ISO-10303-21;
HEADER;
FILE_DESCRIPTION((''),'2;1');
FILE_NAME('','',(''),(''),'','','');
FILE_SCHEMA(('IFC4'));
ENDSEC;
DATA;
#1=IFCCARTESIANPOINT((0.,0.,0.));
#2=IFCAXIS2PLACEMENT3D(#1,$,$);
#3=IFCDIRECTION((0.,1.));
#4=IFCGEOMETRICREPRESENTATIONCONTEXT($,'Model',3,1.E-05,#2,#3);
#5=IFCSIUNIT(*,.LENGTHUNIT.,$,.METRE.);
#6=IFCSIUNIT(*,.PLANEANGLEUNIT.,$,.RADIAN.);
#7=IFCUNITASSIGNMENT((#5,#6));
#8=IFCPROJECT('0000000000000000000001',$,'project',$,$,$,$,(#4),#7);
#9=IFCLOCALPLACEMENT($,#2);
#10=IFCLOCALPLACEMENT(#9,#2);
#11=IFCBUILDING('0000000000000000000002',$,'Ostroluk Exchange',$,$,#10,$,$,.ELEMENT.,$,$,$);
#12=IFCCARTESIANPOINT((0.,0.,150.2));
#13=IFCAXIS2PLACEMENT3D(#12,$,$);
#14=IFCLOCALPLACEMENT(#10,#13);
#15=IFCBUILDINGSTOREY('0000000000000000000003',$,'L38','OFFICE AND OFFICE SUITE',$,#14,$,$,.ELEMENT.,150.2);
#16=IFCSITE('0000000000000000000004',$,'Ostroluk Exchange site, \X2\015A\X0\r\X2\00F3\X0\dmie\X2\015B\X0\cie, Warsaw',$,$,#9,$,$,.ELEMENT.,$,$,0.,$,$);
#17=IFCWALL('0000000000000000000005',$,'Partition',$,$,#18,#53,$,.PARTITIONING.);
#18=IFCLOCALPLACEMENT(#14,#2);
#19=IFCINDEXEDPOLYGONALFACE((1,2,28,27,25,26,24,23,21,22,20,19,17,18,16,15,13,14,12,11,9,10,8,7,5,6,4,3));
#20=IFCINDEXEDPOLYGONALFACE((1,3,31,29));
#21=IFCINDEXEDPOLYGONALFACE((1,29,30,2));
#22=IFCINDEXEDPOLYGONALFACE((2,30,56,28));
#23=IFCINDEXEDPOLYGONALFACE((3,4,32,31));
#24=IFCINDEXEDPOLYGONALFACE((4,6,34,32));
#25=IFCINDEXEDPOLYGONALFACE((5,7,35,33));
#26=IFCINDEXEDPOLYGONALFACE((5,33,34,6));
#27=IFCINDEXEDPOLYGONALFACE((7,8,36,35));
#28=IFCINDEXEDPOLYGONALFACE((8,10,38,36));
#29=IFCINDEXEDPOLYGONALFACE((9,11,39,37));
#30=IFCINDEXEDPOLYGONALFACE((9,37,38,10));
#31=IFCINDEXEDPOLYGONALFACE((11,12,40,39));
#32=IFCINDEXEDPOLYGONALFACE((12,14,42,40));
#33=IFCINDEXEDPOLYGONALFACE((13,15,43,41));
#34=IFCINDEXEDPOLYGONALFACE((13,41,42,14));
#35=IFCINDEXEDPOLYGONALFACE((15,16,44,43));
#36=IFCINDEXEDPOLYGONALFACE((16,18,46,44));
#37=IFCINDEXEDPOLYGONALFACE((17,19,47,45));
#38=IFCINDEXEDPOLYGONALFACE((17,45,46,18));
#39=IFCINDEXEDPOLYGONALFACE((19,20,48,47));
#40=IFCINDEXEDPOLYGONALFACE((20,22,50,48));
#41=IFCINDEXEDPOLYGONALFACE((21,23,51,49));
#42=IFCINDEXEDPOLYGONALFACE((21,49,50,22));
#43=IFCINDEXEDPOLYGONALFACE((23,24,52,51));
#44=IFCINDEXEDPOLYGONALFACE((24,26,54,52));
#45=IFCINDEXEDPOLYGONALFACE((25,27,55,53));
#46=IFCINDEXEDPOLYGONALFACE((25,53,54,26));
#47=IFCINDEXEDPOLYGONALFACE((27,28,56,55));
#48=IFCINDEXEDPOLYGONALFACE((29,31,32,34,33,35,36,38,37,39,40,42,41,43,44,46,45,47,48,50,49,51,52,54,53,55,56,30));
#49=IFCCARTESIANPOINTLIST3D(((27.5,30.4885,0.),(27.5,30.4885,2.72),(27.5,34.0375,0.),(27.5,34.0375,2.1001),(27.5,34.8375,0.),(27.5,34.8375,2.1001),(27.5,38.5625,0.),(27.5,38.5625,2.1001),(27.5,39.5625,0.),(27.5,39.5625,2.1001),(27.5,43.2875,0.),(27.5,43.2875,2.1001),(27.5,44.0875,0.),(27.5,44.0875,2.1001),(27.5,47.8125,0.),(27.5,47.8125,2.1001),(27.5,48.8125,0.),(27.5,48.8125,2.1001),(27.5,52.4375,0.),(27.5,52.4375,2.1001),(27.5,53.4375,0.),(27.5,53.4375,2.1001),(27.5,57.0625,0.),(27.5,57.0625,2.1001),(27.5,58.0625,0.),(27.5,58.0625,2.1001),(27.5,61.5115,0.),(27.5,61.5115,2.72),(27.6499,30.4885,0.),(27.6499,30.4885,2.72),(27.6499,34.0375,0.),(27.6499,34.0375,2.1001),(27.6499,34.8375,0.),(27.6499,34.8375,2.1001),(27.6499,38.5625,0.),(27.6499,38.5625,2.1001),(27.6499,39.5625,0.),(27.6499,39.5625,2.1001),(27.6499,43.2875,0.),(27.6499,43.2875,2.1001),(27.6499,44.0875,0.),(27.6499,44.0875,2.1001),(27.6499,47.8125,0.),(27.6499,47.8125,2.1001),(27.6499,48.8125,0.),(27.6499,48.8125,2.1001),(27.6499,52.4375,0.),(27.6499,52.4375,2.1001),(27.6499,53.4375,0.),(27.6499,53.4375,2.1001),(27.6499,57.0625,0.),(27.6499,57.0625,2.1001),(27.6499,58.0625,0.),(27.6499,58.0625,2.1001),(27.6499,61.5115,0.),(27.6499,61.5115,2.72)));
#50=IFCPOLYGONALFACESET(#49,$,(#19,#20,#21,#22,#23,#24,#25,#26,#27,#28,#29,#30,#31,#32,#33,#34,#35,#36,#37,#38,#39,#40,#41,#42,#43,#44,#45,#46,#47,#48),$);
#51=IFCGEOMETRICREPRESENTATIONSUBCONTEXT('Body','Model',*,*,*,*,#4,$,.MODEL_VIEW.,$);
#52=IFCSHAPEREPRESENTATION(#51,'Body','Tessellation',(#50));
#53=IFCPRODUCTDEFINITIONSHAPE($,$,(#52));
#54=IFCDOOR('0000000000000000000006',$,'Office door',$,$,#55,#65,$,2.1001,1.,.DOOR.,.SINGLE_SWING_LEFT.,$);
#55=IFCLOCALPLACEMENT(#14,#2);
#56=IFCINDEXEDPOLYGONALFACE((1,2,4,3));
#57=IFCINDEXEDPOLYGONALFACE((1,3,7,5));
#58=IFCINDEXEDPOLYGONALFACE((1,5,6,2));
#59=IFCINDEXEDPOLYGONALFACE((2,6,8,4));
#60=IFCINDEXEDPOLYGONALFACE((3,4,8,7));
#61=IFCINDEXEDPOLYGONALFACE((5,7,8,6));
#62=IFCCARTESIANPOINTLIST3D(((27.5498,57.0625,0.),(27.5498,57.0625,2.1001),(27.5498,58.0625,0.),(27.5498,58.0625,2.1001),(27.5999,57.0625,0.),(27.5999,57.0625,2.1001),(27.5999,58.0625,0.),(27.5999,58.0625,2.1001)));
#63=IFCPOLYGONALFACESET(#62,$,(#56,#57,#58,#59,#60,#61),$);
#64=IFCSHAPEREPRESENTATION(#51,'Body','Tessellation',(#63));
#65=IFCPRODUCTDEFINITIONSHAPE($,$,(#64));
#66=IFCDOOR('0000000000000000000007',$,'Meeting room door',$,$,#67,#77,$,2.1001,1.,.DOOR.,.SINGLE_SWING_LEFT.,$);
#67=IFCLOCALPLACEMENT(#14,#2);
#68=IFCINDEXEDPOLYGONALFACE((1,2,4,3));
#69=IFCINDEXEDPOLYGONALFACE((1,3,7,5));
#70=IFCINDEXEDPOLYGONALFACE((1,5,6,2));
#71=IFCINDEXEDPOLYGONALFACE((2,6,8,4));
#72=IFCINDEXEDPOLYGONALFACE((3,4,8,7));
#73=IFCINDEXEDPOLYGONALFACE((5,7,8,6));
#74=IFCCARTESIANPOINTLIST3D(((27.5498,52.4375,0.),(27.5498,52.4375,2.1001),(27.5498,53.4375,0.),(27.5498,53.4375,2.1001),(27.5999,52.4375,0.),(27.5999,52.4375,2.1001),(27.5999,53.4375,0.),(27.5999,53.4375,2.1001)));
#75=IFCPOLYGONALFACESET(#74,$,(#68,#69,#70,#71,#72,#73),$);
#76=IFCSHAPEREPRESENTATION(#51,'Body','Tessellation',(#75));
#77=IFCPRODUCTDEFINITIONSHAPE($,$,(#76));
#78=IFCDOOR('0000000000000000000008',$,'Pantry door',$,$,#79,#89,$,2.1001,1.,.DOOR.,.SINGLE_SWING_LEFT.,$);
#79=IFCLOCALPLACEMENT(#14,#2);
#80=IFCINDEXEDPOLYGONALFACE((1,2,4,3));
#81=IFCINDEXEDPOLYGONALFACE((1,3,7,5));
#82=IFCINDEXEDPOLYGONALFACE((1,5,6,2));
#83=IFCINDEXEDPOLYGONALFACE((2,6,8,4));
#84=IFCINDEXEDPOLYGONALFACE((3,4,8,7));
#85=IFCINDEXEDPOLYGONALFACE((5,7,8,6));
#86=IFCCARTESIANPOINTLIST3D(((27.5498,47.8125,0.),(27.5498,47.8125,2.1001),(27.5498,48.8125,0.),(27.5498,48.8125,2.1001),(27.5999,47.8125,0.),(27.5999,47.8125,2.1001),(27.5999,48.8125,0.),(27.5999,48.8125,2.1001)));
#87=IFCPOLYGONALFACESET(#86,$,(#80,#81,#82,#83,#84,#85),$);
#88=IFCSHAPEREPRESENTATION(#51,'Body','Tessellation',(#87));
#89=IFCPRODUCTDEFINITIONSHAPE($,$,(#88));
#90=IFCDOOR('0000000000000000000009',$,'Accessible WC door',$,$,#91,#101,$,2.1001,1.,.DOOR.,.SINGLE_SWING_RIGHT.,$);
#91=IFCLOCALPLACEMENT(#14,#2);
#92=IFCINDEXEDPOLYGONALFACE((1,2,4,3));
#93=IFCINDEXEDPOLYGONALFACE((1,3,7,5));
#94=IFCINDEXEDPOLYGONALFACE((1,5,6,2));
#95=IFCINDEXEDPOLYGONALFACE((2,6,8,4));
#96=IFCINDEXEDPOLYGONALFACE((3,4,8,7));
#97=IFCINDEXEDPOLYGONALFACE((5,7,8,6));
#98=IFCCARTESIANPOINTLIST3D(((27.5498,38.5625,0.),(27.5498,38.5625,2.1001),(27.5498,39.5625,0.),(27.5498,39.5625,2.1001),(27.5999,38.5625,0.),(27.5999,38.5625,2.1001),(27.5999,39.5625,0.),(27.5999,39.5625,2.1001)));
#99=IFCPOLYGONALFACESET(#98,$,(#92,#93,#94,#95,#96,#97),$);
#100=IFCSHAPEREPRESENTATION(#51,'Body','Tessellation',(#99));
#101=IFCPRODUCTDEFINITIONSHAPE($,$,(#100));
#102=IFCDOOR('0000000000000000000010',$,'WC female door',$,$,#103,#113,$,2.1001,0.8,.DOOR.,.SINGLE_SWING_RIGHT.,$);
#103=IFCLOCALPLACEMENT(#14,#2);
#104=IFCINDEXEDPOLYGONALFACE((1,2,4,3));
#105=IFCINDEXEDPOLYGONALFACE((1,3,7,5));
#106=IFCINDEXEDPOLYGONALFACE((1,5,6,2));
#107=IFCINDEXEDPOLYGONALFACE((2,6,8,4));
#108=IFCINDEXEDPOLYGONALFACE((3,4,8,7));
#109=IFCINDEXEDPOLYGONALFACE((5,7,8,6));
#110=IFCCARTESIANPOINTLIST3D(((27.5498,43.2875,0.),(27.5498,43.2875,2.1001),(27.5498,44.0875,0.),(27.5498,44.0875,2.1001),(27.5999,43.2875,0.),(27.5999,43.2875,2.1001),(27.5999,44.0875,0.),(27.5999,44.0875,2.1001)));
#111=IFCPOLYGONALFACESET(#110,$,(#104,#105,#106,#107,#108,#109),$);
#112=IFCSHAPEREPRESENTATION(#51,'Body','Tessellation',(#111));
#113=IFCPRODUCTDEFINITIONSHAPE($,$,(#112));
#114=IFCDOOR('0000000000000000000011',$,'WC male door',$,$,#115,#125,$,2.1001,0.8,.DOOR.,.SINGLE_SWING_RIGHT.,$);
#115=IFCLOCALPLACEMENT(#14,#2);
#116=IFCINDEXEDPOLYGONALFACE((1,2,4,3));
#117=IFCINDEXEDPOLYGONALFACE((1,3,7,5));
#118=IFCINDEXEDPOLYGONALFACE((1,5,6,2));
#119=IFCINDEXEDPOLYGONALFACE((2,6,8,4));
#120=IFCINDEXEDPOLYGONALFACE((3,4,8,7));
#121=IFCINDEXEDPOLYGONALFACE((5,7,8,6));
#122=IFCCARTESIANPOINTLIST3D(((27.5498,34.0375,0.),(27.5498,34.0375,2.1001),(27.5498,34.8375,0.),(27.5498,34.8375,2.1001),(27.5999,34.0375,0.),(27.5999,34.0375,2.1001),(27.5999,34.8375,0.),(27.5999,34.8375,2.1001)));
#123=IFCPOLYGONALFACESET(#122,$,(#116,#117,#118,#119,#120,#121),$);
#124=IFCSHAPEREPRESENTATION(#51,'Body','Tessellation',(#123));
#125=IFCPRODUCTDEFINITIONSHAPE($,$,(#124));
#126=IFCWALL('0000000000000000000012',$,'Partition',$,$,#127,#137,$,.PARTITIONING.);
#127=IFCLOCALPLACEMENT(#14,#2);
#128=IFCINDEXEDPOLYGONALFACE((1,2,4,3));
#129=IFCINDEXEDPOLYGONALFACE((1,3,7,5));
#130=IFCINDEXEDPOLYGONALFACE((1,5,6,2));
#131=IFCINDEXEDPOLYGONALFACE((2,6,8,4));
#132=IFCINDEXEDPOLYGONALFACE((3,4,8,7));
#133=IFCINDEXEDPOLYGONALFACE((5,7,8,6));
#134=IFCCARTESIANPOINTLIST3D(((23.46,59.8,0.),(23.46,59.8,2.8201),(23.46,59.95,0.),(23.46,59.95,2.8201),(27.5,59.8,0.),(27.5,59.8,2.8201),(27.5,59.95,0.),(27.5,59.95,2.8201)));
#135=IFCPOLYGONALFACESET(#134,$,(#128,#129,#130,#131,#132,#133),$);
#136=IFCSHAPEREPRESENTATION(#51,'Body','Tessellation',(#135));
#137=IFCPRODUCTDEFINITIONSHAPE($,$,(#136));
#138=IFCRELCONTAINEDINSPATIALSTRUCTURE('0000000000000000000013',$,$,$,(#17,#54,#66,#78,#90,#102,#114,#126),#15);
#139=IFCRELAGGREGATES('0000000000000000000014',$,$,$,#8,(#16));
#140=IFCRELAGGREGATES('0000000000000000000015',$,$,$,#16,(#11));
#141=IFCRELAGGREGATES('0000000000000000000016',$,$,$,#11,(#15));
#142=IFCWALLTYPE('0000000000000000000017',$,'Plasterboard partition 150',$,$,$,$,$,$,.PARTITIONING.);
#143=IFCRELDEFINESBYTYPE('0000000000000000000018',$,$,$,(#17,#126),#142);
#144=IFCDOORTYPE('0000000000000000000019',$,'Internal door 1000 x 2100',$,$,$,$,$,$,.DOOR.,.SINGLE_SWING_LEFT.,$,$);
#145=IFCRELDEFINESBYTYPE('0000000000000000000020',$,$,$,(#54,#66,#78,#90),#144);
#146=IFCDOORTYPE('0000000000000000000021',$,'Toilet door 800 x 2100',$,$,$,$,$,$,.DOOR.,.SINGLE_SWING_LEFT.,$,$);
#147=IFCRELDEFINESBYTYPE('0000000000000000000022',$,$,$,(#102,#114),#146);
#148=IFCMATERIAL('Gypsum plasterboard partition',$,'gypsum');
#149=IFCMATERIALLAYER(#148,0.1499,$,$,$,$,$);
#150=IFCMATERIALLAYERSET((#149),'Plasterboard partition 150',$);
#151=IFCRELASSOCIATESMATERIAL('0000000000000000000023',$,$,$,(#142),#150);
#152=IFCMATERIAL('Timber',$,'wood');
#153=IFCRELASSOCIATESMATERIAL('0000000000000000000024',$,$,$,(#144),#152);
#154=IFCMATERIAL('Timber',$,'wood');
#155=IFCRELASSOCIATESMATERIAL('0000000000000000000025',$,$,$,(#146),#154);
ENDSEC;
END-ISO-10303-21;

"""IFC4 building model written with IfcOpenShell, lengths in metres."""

from ifc_helpers import new_model, si_unit, direction, frame, frame_2d, origin, place, context, subcontext, project, spatial, rectangle, extrude, material, layer, layer_set, type_object, element, fill, save


model = new_model("IFC4")

# Units and contexts
model_context = context("Model", 3, precision=1e-05, world=origin(), true_north=direction((0.0, 1.0)))
body_context = subcontext(model_context, "Body", "Model", "MODEL_VIEW")
ifc_project = project(units=[si_unit("LENGTHUNIT", "METRE"), si_unit("PLANEANGLEUNIT", "RADIAN")], contexts=[model_context])

# Site, building, storey
site_placement = place(None, origin())
site = spatial("IfcSite", under=ifc_project, at=site_placement, Name="Ostroluk Exchange site, Śródmieście, Warsaw", CompositionType="ELEMENT", RefElevation=0.0)
building_placement = place(site_placement, origin())
building = spatial("IfcBuilding", under=site, at=building_placement, Name="Ostroluk Exchange", CompositionType="ELEMENT")
storey_placement = place(building_placement, frame((0.0, 0.0, 150.2)))
storey = spatial("IfcBuildingStorey", under=building, at=storey_placement, Name="L38", Description="OFFICE AND OFFICE SUITE", CompositionType="ELEMENT", Elevation=150.2)

# Shared definitions
ifc_material_1 = material(Name="Gypsum plasterboard partition", Category="gypsum")
ifc_layer_1 = layer(ifc_material_1, 0.1499)
ifc_layer_set_1 = layer_set([ifc_layer_1], Name="Plasterboard partition 150")
wall_type_1 = type_object("IfcWallType", Name="Plasterboard partition 150", PredefinedType="PARTITIONING", material=ifc_layer_set_1)

# Wall, openings, doors
wall_1_placement = place(storey_placement, frame((27.575, 61.5115, 0.0), z_axis=(0.0, 0.0, 1.0), x_axis=(0.0, -1.0, 0.0)))
wall_1 = element("IfcWall", 1, at=wall_1_placement, inside=storey, type_object=wall_type_1, Name="Partition", PredefinedType="PARTITIONING", context=body_context, shape_type="SweptSolid", body=[
    extrude(rectangle(XDim=31.0229, YDim=0.1499, at=frame_2d((15.5115, 0.0))), origin(), (0.0, 0.0, 1.0), 2.72),
])
opening_1_placement = place(wall_1_placement, frame((3.449, 0.0, 0.0)))
opening_1 = element("IfcOpeningElement", 2, at=opening_1_placement, cuts=wall_1, PredefinedType="OPENING", context=body_context, shape_type="SweptSolid", body=[
    extrude(rectangle(XDim=1.0, YDim=2.1001, at=frame_2d((0.5, 1.05))), frame((0.0, 0.085, 0.0), z_axis=(0.0, -1.0, 0.0), x_axis=(1.0, 0.0, 0.0)), (0.0, 0.0, 1.0), 0.1699),
])
opening_2_placement = place(wall_1_placement, frame((8.074, 0.0, 0.0)))
opening_2 = element("IfcOpeningElement", 3, at=opening_2_placement, cuts=wall_1, PredefinedType="OPENING", context=body_context, shape_type="SweptSolid", body=[
    extrude(rectangle(XDim=1.0, YDim=2.1001, at=frame_2d((0.5, 1.05))), frame((0.0, 0.085, 0.0), z_axis=(0.0, -1.0, 0.0), x_axis=(1.0, 0.0, 0.0)), (0.0, 0.0, 1.0), 0.1699),
])
opening_3_placement = place(wall_1_placement, frame((12.699, 0.0, 0.0)))
opening_3 = element("IfcOpeningElement", 4, at=opening_3_placement, cuts=wall_1, PredefinedType="OPENING", context=body_context, shape_type="SweptSolid", body=[
    extrude(rectangle(XDim=1.0, YDim=2.1001, at=frame_2d((0.5, 1.05))), frame((0.0, 0.085, 0.0), z_axis=(0.0, -1.0, 0.0), x_axis=(1.0, 0.0, 0.0)), (0.0, 0.0, 1.0), 0.1699),
])
opening_4_placement = place(wall_1_placement, frame((17.4241, 0.0, 0.0)))
opening_4 = element("IfcOpeningElement", 5, at=opening_4_placement, cuts=wall_1, PredefinedType="OPENING", context=body_context, shape_type="SweptSolid", body=[
    extrude(rectangle(XDim=0.8, YDim=2.1001, at=frame_2d((0.3999, 1.05))), frame((0.0, 0.085, 0.0), z_axis=(0.0, -1.0, 0.0), x_axis=(1.0, 0.0, 0.0)), (0.0, 0.0, 1.0), 0.1699),
])
opening_5_placement = place(wall_1_placement, frame((21.949, 0.0, 0.0)))
opening_5 = element("IfcOpeningElement", 6, at=opening_5_placement, cuts=wall_1, PredefinedType="OPENING", context=body_context, shape_type="SweptSolid", body=[
    extrude(rectangle(XDim=1.0, YDim=2.1001, at=frame_2d((0.5, 1.05))), frame((0.0, 0.085, 0.0), z_axis=(0.0, -1.0, 0.0), x_axis=(1.0, 0.0, 0.0)), (0.0, 0.0, 1.0), 0.1699),
])
opening_6_placement = place(wall_1_placement, frame((26.6741, 0.0, 0.0)))
opening_6 = element("IfcOpeningElement", 7, at=opening_6_placement, cuts=wall_1, PredefinedType="OPENING", context=body_context, shape_type="SweptSolid", body=[
    extrude(rectangle(XDim=0.8, YDim=2.1001, at=frame_2d((0.3999, 1.05))), frame((0.0, 0.085, 0.0), z_axis=(0.0, -1.0, 0.0), x_axis=(1.0, 0.0, 0.0)), (0.0, 0.0, 1.0), 0.1699),
])
ifc_material_2 = material(Name="Timber", Category="wood")
door_type_1 = type_object("IfcDoorType", Name="Internal door 1000 x 2100", OperationType="SINGLE_SWING_LEFT", PredefinedType="DOOR", material=ifc_material_2)
door_1_placement = place(opening_1_placement, origin())
door_1 = element("IfcDoor", 8, at=door_1_placement, inside=storey, type_object=door_type_1, Name="Office door", OperationType="SINGLE_SWING_LEFT", OverallHeight=2.1001, OverallWidth=1.0, PredefinedType="DOOR", context=body_context, shape_type="SweptSolid", body=[
    extrude(rectangle(XDim=1.0, YDim=2.1001, at=frame_2d((0.5, 1.05))), frame((0.0, 0.0249, 0.0), z_axis=(0.0, -1.0, 0.0), x_axis=(1.0, 0.0, 0.0)), (0.0, 0.0, 1.0), 0.05),
])
fill(opening_1, door_1)
door_2_placement = place(opening_2_placement, origin())
door_2 = element("IfcDoor", 9, at=door_2_placement, inside=storey, type_object=door_type_1, Name="Meeting room door", OperationType="SINGLE_SWING_LEFT", OverallHeight=2.1001, OverallWidth=1.0, PredefinedType="DOOR", context=body_context, shape_type="SweptSolid", body=[
    extrude(rectangle(XDim=1.0, YDim=2.1001, at=frame_2d((0.5, 1.05))), frame((0.0, 0.0249, 0.0), z_axis=(0.0, -1.0, 0.0), x_axis=(1.0, 0.0, 0.0)), (0.0, 0.0, 1.0), 0.05),
])
fill(opening_2, door_2)
door_3_placement = place(opening_3_placement, origin())
door_3 = element("IfcDoor", 10, at=door_3_placement, inside=storey, type_object=door_type_1, Name="Pantry door", OperationType="SINGLE_SWING_LEFT", OverallHeight=2.1001, OverallWidth=1.0, PredefinedType="DOOR", context=body_context, shape_type="SweptSolid", body=[
    extrude(rectangle(XDim=1.0, YDim=2.1001, at=frame_2d((0.5, 1.05))), frame((0.0, 0.0249, 0.0), z_axis=(0.0, -1.0, 0.0), x_axis=(1.0, 0.0, 0.0)), (0.0, 0.0, 1.0), 0.05),
])
fill(opening_3, door_3)
door_4_placement = place(opening_5_placement, origin())
door_4 = element("IfcDoor", 11, at=door_4_placement, inside=storey, type_object=door_type_1, Name="Accessible WC door", OperationType="SINGLE_SWING_RIGHT", OverallHeight=2.1001, OverallWidth=1.0, PredefinedType="DOOR", context=body_context, shape_type="SweptSolid", body=[
    extrude(rectangle(XDim=1.0, YDim=2.1001, at=frame_2d((0.5, 1.05))), frame((0.0, 0.0249, 0.0), z_axis=(0.0, -1.0, 0.0), x_axis=(1.0, 0.0, 0.0)), (0.0, 0.0, 1.0), 0.05),
])
fill(opening_5, door_4)
ifc_material_3 = material(Name="Timber", Category="wood")
door_type_2 = type_object("IfcDoorType", Name="Toilet door 800 x 2100", OperationType="SINGLE_SWING_LEFT", PredefinedType="DOOR", material=ifc_material_3)
door_5_placement = place(opening_4_placement, origin())
door_5 = element("IfcDoor", 12, at=door_5_placement, inside=storey, type_object=door_type_2, Name="WC female door", OperationType="SINGLE_SWING_RIGHT", OverallHeight=2.1001, OverallWidth=0.8, PredefinedType="DOOR", context=body_context, shape_type="SweptSolid", body=[
    extrude(rectangle(XDim=0.8, YDim=2.1001, at=frame_2d((0.3999, 1.05))), frame((0.0, 0.0249, 0.0), z_axis=(0.0, -1.0, 0.0), x_axis=(1.0, 0.0, 0.0)), (0.0, 0.0, 1.0), 0.05),
])
fill(opening_4, door_5)
door_6_placement = place(opening_6_placement, origin())
door_6 = element("IfcDoor", 13, at=door_6_placement, inside=storey, type_object=door_type_2, Name="WC male door", OperationType="SINGLE_SWING_RIGHT", OverallHeight=2.1001, OverallWidth=0.8, PredefinedType="DOOR", context=body_context, shape_type="SweptSolid", body=[
    extrude(rectangle(XDim=0.8, YDim=2.1001, at=frame_2d((0.3999, 1.05))), frame((0.0, 0.0249, 0.0), z_axis=(0.0, -1.0, 0.0), x_axis=(1.0, 0.0, 0.0)), (0.0, 0.0, 1.0), 0.05),
])
fill(opening_6, door_6)

# Wall
wall_2_placement = place(storey_placement, frame((27.5, 59.875, 0.0), z_axis=(0.0, 0.0, 1.0), x_axis=(-1.0, 0.0, 0.0)))
element("IfcWall", 14, at=wall_2_placement, inside=storey, type_object=wall_type_1, Name="Partition", PredefinedType="PARTITIONING", context=body_context, shape_type="SweptSolid", body=[
    extrude(rectangle(XDim=4.04, YDim=0.1499, at=frame_2d((2.02, 0.0))), origin(), (0.0, 0.0, 1.0), 2.8201),
])

save(model, "model.ifc")
